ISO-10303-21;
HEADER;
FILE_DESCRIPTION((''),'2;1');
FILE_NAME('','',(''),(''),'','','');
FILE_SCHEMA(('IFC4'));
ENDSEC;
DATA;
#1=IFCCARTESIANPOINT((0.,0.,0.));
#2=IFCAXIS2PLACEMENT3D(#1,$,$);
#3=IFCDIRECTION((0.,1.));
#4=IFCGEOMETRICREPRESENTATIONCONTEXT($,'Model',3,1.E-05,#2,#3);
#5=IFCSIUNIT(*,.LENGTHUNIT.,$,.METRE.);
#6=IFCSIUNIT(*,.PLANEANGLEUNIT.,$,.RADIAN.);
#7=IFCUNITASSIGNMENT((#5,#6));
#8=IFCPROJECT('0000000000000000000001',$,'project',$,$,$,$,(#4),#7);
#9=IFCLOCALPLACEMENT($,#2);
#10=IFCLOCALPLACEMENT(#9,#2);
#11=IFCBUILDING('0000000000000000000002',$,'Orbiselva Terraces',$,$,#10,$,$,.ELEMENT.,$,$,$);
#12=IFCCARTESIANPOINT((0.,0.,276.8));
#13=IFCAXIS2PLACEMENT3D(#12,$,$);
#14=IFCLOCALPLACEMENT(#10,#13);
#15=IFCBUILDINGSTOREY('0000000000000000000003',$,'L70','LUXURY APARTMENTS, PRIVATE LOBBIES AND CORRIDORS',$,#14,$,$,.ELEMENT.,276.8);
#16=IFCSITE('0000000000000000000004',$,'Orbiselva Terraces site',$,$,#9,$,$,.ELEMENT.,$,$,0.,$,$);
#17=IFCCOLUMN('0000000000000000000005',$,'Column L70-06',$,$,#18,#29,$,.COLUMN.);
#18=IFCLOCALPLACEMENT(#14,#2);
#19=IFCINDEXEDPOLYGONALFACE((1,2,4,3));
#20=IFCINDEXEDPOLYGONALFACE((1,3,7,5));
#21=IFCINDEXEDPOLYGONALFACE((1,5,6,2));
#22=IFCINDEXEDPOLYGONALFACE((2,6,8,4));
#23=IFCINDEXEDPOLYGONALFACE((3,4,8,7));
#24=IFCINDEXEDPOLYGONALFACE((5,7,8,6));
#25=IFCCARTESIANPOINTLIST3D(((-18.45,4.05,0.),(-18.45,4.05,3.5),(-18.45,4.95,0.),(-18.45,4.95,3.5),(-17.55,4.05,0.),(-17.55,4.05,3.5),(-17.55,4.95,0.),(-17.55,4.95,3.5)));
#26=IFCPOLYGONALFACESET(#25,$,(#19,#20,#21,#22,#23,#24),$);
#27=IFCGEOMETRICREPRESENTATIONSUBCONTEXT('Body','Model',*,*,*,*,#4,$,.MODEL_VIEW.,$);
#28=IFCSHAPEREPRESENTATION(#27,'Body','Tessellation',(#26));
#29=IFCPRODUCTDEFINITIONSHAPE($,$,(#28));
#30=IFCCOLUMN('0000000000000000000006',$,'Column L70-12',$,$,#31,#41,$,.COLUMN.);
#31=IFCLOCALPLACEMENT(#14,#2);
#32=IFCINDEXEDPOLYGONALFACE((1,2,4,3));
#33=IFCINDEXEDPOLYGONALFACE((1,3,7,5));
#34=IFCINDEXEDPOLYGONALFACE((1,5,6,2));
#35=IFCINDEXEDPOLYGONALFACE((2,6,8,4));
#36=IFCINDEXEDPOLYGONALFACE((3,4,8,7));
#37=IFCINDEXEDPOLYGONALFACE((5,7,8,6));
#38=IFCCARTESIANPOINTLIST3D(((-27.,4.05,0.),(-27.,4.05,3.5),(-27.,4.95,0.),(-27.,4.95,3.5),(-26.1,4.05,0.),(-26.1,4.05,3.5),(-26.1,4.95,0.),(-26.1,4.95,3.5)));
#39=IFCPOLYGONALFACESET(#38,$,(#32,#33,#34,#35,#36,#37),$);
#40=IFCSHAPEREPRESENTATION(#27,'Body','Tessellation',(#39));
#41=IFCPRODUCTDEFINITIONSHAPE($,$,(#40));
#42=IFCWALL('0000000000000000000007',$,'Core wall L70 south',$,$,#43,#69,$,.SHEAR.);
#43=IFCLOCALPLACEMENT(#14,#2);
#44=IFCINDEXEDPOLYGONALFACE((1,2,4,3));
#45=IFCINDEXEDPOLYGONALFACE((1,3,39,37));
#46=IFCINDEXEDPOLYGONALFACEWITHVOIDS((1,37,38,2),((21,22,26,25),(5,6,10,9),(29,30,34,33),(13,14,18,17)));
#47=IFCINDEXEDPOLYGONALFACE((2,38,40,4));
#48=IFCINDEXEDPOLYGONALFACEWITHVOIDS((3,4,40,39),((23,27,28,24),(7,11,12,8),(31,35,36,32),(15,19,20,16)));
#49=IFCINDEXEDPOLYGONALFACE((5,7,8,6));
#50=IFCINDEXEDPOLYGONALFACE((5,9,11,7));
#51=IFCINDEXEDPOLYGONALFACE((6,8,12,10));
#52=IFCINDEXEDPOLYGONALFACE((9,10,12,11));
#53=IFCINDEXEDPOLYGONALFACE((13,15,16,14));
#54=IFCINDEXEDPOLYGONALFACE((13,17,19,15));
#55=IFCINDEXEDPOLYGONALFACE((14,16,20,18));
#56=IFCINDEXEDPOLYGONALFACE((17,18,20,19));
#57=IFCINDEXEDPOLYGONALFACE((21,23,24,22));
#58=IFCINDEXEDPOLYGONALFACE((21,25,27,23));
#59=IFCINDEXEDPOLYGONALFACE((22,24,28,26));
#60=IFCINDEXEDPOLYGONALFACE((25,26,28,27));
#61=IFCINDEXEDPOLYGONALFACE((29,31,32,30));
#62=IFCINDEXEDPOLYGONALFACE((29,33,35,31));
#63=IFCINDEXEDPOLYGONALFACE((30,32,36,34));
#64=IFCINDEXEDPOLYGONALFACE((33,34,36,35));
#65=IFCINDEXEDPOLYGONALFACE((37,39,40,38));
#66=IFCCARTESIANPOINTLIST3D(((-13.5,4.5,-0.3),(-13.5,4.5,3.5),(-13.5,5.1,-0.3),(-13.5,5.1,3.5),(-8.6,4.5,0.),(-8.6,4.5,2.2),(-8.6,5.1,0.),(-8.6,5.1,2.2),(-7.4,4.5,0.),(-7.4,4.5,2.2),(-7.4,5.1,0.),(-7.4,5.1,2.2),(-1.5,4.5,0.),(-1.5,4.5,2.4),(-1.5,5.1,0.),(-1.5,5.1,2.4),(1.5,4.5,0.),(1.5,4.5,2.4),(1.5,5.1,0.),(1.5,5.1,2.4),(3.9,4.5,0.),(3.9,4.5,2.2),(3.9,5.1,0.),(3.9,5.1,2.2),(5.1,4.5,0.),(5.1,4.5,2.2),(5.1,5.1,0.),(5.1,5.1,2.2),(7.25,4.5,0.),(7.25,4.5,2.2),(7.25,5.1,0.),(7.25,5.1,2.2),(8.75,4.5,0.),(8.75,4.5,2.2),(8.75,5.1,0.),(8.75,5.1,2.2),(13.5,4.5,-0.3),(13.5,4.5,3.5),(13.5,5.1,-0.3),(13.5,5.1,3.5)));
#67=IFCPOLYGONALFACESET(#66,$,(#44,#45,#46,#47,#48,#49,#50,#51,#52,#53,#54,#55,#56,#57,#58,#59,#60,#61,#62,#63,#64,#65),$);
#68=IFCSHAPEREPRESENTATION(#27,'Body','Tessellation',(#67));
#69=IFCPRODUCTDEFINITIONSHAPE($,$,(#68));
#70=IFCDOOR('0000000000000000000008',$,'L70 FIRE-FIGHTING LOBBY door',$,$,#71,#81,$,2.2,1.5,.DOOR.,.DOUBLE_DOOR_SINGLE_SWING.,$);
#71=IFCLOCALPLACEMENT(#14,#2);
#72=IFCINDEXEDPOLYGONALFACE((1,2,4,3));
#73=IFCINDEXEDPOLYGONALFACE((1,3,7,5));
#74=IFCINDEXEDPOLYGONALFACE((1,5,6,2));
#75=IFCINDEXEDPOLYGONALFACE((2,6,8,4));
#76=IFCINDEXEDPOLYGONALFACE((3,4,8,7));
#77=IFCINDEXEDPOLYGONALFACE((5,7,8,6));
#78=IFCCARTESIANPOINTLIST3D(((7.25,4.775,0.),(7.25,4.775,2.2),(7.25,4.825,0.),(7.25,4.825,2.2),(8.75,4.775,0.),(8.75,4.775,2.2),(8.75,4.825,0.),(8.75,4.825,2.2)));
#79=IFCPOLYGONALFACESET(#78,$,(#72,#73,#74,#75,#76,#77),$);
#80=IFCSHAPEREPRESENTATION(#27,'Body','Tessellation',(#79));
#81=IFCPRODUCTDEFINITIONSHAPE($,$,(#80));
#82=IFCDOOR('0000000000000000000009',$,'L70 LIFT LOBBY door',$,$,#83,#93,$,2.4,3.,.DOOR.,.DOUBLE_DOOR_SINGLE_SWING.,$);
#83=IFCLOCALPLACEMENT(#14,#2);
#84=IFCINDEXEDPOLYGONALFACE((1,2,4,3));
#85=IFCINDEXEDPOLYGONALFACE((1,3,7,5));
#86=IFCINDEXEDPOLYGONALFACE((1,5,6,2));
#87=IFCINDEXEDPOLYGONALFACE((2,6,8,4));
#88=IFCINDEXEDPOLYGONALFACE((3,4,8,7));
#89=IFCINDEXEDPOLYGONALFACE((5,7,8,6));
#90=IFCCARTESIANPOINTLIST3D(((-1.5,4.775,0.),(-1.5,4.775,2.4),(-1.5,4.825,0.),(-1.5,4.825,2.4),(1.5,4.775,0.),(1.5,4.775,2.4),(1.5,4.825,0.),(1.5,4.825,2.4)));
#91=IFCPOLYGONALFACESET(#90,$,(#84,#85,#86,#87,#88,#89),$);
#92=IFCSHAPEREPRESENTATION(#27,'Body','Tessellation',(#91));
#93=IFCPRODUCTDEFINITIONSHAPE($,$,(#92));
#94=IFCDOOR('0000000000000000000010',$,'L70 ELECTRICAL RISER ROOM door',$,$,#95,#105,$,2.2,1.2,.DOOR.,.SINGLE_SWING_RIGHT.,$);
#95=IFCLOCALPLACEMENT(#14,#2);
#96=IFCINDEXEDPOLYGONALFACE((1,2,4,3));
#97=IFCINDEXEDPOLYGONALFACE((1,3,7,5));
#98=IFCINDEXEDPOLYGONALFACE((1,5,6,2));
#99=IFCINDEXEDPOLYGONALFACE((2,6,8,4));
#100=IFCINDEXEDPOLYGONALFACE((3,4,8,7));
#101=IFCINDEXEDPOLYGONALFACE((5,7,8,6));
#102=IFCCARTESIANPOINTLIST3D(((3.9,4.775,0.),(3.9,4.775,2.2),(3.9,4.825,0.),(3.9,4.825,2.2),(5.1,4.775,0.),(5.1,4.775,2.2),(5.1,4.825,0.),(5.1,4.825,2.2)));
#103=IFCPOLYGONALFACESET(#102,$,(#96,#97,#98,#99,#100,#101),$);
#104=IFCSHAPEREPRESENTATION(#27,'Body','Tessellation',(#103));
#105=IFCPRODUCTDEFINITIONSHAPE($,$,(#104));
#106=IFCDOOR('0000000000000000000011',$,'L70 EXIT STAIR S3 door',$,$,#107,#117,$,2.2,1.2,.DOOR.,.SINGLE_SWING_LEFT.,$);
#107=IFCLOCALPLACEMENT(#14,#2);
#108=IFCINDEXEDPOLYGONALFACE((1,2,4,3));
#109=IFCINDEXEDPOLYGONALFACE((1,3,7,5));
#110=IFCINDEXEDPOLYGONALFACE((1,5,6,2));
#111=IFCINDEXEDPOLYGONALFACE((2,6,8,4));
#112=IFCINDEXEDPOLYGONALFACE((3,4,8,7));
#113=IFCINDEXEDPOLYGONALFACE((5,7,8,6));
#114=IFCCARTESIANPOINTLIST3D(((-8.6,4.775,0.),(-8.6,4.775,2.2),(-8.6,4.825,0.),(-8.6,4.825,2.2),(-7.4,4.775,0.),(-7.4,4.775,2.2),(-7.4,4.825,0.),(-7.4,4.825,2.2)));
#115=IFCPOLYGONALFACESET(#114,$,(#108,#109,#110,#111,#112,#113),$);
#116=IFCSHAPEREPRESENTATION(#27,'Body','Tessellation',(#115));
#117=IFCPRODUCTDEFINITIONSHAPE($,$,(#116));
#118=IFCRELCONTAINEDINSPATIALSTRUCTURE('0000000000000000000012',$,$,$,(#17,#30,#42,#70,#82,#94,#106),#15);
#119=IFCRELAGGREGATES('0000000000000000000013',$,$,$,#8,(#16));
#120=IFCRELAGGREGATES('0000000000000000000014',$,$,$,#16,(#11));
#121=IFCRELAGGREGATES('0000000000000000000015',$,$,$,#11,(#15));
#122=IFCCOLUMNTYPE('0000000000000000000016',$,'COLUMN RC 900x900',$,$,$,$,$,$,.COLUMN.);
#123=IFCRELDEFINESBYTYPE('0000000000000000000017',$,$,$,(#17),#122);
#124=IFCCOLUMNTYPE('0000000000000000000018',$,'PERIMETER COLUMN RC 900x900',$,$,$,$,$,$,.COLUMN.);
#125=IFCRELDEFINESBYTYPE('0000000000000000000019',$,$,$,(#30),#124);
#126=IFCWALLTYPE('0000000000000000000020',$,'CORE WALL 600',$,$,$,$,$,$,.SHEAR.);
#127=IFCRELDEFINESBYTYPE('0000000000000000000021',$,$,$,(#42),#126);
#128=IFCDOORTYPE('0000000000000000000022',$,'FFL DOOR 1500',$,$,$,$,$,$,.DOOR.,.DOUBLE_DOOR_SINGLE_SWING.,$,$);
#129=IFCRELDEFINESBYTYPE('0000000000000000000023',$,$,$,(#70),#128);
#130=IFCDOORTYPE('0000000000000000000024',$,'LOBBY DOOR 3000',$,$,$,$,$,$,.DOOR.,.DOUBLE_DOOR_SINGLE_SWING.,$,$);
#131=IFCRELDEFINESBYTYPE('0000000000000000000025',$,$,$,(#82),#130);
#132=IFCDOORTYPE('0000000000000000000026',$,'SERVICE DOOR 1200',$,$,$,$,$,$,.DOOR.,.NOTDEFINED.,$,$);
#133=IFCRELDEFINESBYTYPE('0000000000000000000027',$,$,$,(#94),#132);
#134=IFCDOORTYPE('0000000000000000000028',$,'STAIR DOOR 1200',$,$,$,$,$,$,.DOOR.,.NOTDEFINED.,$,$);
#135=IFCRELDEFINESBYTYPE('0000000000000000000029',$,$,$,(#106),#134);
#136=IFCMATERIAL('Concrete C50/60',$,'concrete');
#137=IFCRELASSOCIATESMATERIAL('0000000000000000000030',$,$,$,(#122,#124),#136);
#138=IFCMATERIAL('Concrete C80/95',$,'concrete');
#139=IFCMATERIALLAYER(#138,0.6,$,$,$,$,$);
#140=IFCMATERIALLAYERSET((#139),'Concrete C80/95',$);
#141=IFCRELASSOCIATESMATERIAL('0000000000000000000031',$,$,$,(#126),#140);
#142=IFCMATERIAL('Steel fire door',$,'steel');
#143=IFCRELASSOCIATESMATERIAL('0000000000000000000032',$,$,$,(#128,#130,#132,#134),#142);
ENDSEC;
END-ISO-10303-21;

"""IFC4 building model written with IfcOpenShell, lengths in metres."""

from ifc_helpers import new_model, si_unit, direction, frame, frame_2d, origin, origin_2d, place, context, subcontext, project, spatial, rectangle, extrude, material, layer, layer_set, material_profile, profile_set, type_object, element, fill, save


model = new_model("IFC4")

# Units and contexts
model_context = context("Model", 3, precision=1e-05, world=origin(), true_north=direction((0.0, 1.0)))
body_context = subcontext(model_context, "Body", "Model", "MODEL_VIEW")
ifc_project = project(units=[si_unit("LENGTHUNIT", "METRE"), si_unit("PLANEANGLEUNIT", "RADIAN")], contexts=[model_context])

# Site, building, storey
site_placement = place(None, origin())
site = spatial("IfcSite", under=ifc_project, at=site_placement, Name="Orbiselva Terraces site", CompositionType="ELEMENT", RefElevation=0.0)
building_placement = place(site_placement, origin())
building = spatial("IfcBuilding", under=site, at=building_placement, Name="Orbiselva Terraces", CompositionType="ELEMENT")
storey_placement = place(building_placement, frame((0.0, 0.0, 276.8)))
storey = spatial("IfcBuildingStorey", under=building, at=storey_placement, Name="L70", Description="LUXURY APARTMENTS, PRIVATE LOBBIES AND CORRIDORS", CompositionType="ELEMENT", Elevation=276.8)

# Columns
ifc_material_1 = material(Name="Concrete C50/60", Category="concrete")
ifc_material_profile_1 = material_profile(ifc_material_1, rectangle(XDim=0.9, YDim=0.9, at=origin_2d()), Name="RC 900x900")
ifc_profile_set_1 = profile_set([ifc_material_profile_1], Name="Concrete C50/60")
column_type_1 = type_object("IfcColumnType", Name="COLUMN RC 900x900", PredefinedType="COLUMN", material=ifc_profile_set_1)
column_1_placement = place(storey_placement, frame((-18.0, 4.5, 0.0), z_axis=(0.0, 0.0, 1.0), x_axis=(1.0, 0.0, 0.0)))
element("IfcColumn", 1, at=column_1_placement, inside=storey, type_object=column_type_1, Name="Column L70-06", PredefinedType="COLUMN", context=body_context, shape_type="SweptSolid", body=[
    extrude(rectangle(XDim=0.9, YDim=0.9, at=origin_2d()), origin(), (0.0, 0.0, 1.0), 3.5),
])
ifc_material_profile_2 = material_profile(ifc_material_1, rectangle(XDim=0.9, YDim=0.9, at=origin_2d()), Name="RC 900x900")
ifc_profile_set_2 = profile_set([ifc_material_profile_2], Name="Concrete C50/60")
column_type_2 = type_object("IfcColumnType", Name="PERIMETER COLUMN RC 900x900", PredefinedType="COLUMN", material=ifc_profile_set_2)
column_2_placement = place(storey_placement, frame((-26.55, 4.5, 0.0), z_axis=(0.0, 0.0, 1.0), x_axis=(1.0, 0.0, 0.0)))
element("IfcColumn", 2, at=column_2_placement, inside=storey, type_object=column_type_2, Name="Column L70-12", PredefinedType="COLUMN", context=body_context, shape_type="SweptSolid", body=[
    extrude(rectangle(XDim=0.9, YDim=0.9, at=origin_2d()), origin(), (0.0, 0.0, 1.0), 3.5),
])

# Wall, openings, doors
ifc_material_2 = material(Name="Concrete C80/95", Category="concrete")
ifc_layer_1 = layer(ifc_material_2, 0.6)
ifc_layer_set_1 = layer_set([ifc_layer_1], Name="Concrete C80/95")
wall_type_1 = type_object("IfcWallType", Name="CORE WALL 600", PredefinedType="SHEAR", material=ifc_layer_set_1)
wall_1_placement = place(storey_placement, frame((-13.5, 4.8, -0.3), z_axis=(0.0, 0.0, 1.0), x_axis=(1.0, 0.0, 0.0)))
wall_1 = element("IfcWall", 3, at=wall_1_placement, inside=storey, type_object=wall_type_1, Name="Core wall L70 south", PredefinedType="SHEAR", context=body_context, shape_type="SweptSolid", body=[
    extrude(rectangle(XDim=27.0, YDim=0.6, at=frame_2d((13.5, 0.0))), origin(), (0.0, 0.0, 1.0), 3.8),
])
opening_1_placement = place(wall_1_placement, frame((12.0, 0.0, 0.3)))
opening_1 = element("IfcOpeningElement", 4, at=opening_1_placement, cuts=wall_1, PredefinedType="OPENING", context=body_context, shape_type="SweptSolid", body=[
    extrude(rectangle(XDim=3.0, YDim=2.4, at=frame_2d((1.5, 1.2))), frame((0.0, 0.31, 0.0), z_axis=(0.0, -1.0, 0.0), x_axis=(1.0, 0.0, 0.0)), (0.0, 0.0, 1.0), 0.62),
])
opening_2_placement = place(wall_1_placement, frame((4.9, 0.0, 0.3)))
opening_2 = element("IfcOpeningElement", 5, at=opening_2_placement, cuts=wall_1, PredefinedType="OPENING", context=body_context, shape_type="SweptSolid", body=[
    extrude(rectangle(XDim=1.2, YDim=2.2, at=frame_2d((0.6, 1.1))), frame((0.0, 0.31, 0.0), z_axis=(0.0, -1.0, 0.0), x_axis=(1.0, 0.0, 0.0)), (0.0, 0.0, 1.0), 0.62),
])
opening_3_placement = place(wall_1_placement, frame((20.75, 0.0, 0.3)))
opening_3 = element("IfcOpeningElement", 6, at=opening_3_placement, cuts=wall_1, PredefinedType="OPENING", context=body_context, shape_type="SweptSolid", body=[
    extrude(rectangle(XDim=1.5, YDim=2.2, at=frame_2d((0.75, 1.1))), frame((0.0, 0.31, 0.0), z_axis=(0.0, -1.0, 0.0), x_axis=(1.0, 0.0, 0.0)), (0.0, 0.0, 1.0), 0.62),
])
opening_4_placement = place(wall_1_placement, frame((17.4, 0.0, 0.3)))
opening_4 = element("IfcOpeningElement", 7, at=opening_4_placement, cuts=wall_1, PredefinedType="OPENING", context=body_context, shape_type="SweptSolid", body=[
    extrude(rectangle(XDim=1.2, YDim=2.2, at=frame_2d((0.6, 1.1))), frame((0.0, 0.31, 0.0), z_axis=(0.0, -1.0, 0.0), x_axis=(1.0, 0.0, 0.0)), (0.0, 0.0, 1.0), 0.62),
])
ifc_material_3 = material(Name="Steel fire door", Category="steel")
door_type_1 = type_object("IfcDoorType", Name="FFL DOOR 1500", OperationType="DOUBLE_DOOR_SINGLE_SWING", PredefinedType="DOOR", material=ifc_material_3)
door_1_placement = place(opening_3_placement, frame((1.5, 0.0, 0.0), z_axis=(0.0, 0.0, 1.0), x_axis=(-1.0, 0.0, 0.0)))
door_1 = element("IfcDoor", 8, at=door_1_placement, inside=storey, type_object=door_type_1, Name="L70 FIRE-FIGHTING LOBBY door", OperationType="DOUBLE_DOOR_SINGLE_SWING", OverallHeight=2.2, OverallWidth=1.5, PredefinedType="DOOR", context=body_context, shape_type="SweptSolid", body=[
    extrude(rectangle(XDim=1.5, YDim=2.2, at=frame_2d((0.75, 1.1))), frame((0.0, 0.025, 0.0), z_axis=(0.0, -1.0, 0.0), x_axis=(1.0, 0.0, 0.0)), (0.0, 0.0, 1.0), 0.05),
])
fill(opening_3, door_1)
door_type_2 = type_object("IfcDoorType", Name="LOBBY DOOR 3000", OperationType="DOUBLE_DOOR_SINGLE_SWING", PredefinedType="DOOR", material=ifc_material_3)
door_2_placement = place(opening_1_placement, frame((3.0, 0.0, 0.0), z_axis=(0.0, 0.0, 1.0), x_axis=(-1.0, 0.0, 0.0)))
door_2 = element("IfcDoor", 9, at=door_2_placement, inside=storey, type_object=door_type_2, Name="L70 LIFT LOBBY door", OperationType="DOUBLE_DOOR_SINGLE_SWING", OverallHeight=2.4, OverallWidth=3.0, PredefinedType="DOOR", context=body_context, shape_type="SweptSolid", body=[
    extrude(rectangle(XDim=3.0, YDim=2.4, at=frame_2d((1.5, 1.2))), frame((0.0, 0.025, 0.0), z_axis=(0.0, -1.0, 0.0), x_axis=(1.0, 0.0, 0.0)), (0.0, 0.0, 1.0), 0.05),
])
fill(opening_1, door_2)
door_type_3 = type_object("IfcDoorType", Name="SERVICE DOOR 1200", OperationType="NOTDEFINED", PredefinedType="DOOR", material=ifc_material_3)
door_3_placement = place(opening_4_placement, frame((1.2, 0.0, 0.0), z_axis=(0.0, 0.0, 1.0), x_axis=(-1.0, 0.0, 0.0)))
door_3 = element("IfcDoor", 10, at=door_3_placement, inside=storey, type_object=door_type_3, Name="L70 ELECTRICAL RISER ROOM door", OperationType="SINGLE_SWING_RIGHT", OverallHeight=2.2, OverallWidth=1.2, PredefinedType="DOOR", context=body_context, shape_type="SweptSolid", body=[
    extrude(rectangle(XDim=1.2, YDim=2.2, at=frame_2d((0.6, 1.1))), frame((0.0, 0.025, 0.0), z_axis=(0.0, -1.0, 0.0), x_axis=(1.0, 0.0, 0.0)), (0.0, 0.0, 1.0), 0.05),
])
fill(opening_4, door_3)
door_type_4 = type_object("IfcDoorType", Name="STAIR DOOR 1200", OperationType="NOTDEFINED", PredefinedType="DOOR", material=ifc_material_3)
door_4_placement = place(opening_2_placement, frame((1.2, 0.0, 0.0), z_axis=(0.0, 0.0, 1.0), x_axis=(-1.0, 0.0, 0.0)))
door_4 = element("IfcDoor", 11, at=door_4_placement, inside=storey, type_object=door_type_4, Name="L70 EXIT STAIR S3 door", OperationType="SINGLE_SWING_LEFT", OverallHeight=2.2, OverallWidth=1.2, PredefinedType="DOOR", context=body_context, shape_type="SweptSolid", body=[
    extrude(rectangle(XDim=1.2, YDim=2.2, at=frame_2d((0.6, 1.1))), frame((0.0, 0.025, 0.0), z_axis=(0.0, -1.0, 0.0), x_axis=(1.0, 0.0, 0.0)), (0.0, 0.0, 1.0), 0.05),
])
fill(opening_2, door_4)

save(model, "model.ifc")
